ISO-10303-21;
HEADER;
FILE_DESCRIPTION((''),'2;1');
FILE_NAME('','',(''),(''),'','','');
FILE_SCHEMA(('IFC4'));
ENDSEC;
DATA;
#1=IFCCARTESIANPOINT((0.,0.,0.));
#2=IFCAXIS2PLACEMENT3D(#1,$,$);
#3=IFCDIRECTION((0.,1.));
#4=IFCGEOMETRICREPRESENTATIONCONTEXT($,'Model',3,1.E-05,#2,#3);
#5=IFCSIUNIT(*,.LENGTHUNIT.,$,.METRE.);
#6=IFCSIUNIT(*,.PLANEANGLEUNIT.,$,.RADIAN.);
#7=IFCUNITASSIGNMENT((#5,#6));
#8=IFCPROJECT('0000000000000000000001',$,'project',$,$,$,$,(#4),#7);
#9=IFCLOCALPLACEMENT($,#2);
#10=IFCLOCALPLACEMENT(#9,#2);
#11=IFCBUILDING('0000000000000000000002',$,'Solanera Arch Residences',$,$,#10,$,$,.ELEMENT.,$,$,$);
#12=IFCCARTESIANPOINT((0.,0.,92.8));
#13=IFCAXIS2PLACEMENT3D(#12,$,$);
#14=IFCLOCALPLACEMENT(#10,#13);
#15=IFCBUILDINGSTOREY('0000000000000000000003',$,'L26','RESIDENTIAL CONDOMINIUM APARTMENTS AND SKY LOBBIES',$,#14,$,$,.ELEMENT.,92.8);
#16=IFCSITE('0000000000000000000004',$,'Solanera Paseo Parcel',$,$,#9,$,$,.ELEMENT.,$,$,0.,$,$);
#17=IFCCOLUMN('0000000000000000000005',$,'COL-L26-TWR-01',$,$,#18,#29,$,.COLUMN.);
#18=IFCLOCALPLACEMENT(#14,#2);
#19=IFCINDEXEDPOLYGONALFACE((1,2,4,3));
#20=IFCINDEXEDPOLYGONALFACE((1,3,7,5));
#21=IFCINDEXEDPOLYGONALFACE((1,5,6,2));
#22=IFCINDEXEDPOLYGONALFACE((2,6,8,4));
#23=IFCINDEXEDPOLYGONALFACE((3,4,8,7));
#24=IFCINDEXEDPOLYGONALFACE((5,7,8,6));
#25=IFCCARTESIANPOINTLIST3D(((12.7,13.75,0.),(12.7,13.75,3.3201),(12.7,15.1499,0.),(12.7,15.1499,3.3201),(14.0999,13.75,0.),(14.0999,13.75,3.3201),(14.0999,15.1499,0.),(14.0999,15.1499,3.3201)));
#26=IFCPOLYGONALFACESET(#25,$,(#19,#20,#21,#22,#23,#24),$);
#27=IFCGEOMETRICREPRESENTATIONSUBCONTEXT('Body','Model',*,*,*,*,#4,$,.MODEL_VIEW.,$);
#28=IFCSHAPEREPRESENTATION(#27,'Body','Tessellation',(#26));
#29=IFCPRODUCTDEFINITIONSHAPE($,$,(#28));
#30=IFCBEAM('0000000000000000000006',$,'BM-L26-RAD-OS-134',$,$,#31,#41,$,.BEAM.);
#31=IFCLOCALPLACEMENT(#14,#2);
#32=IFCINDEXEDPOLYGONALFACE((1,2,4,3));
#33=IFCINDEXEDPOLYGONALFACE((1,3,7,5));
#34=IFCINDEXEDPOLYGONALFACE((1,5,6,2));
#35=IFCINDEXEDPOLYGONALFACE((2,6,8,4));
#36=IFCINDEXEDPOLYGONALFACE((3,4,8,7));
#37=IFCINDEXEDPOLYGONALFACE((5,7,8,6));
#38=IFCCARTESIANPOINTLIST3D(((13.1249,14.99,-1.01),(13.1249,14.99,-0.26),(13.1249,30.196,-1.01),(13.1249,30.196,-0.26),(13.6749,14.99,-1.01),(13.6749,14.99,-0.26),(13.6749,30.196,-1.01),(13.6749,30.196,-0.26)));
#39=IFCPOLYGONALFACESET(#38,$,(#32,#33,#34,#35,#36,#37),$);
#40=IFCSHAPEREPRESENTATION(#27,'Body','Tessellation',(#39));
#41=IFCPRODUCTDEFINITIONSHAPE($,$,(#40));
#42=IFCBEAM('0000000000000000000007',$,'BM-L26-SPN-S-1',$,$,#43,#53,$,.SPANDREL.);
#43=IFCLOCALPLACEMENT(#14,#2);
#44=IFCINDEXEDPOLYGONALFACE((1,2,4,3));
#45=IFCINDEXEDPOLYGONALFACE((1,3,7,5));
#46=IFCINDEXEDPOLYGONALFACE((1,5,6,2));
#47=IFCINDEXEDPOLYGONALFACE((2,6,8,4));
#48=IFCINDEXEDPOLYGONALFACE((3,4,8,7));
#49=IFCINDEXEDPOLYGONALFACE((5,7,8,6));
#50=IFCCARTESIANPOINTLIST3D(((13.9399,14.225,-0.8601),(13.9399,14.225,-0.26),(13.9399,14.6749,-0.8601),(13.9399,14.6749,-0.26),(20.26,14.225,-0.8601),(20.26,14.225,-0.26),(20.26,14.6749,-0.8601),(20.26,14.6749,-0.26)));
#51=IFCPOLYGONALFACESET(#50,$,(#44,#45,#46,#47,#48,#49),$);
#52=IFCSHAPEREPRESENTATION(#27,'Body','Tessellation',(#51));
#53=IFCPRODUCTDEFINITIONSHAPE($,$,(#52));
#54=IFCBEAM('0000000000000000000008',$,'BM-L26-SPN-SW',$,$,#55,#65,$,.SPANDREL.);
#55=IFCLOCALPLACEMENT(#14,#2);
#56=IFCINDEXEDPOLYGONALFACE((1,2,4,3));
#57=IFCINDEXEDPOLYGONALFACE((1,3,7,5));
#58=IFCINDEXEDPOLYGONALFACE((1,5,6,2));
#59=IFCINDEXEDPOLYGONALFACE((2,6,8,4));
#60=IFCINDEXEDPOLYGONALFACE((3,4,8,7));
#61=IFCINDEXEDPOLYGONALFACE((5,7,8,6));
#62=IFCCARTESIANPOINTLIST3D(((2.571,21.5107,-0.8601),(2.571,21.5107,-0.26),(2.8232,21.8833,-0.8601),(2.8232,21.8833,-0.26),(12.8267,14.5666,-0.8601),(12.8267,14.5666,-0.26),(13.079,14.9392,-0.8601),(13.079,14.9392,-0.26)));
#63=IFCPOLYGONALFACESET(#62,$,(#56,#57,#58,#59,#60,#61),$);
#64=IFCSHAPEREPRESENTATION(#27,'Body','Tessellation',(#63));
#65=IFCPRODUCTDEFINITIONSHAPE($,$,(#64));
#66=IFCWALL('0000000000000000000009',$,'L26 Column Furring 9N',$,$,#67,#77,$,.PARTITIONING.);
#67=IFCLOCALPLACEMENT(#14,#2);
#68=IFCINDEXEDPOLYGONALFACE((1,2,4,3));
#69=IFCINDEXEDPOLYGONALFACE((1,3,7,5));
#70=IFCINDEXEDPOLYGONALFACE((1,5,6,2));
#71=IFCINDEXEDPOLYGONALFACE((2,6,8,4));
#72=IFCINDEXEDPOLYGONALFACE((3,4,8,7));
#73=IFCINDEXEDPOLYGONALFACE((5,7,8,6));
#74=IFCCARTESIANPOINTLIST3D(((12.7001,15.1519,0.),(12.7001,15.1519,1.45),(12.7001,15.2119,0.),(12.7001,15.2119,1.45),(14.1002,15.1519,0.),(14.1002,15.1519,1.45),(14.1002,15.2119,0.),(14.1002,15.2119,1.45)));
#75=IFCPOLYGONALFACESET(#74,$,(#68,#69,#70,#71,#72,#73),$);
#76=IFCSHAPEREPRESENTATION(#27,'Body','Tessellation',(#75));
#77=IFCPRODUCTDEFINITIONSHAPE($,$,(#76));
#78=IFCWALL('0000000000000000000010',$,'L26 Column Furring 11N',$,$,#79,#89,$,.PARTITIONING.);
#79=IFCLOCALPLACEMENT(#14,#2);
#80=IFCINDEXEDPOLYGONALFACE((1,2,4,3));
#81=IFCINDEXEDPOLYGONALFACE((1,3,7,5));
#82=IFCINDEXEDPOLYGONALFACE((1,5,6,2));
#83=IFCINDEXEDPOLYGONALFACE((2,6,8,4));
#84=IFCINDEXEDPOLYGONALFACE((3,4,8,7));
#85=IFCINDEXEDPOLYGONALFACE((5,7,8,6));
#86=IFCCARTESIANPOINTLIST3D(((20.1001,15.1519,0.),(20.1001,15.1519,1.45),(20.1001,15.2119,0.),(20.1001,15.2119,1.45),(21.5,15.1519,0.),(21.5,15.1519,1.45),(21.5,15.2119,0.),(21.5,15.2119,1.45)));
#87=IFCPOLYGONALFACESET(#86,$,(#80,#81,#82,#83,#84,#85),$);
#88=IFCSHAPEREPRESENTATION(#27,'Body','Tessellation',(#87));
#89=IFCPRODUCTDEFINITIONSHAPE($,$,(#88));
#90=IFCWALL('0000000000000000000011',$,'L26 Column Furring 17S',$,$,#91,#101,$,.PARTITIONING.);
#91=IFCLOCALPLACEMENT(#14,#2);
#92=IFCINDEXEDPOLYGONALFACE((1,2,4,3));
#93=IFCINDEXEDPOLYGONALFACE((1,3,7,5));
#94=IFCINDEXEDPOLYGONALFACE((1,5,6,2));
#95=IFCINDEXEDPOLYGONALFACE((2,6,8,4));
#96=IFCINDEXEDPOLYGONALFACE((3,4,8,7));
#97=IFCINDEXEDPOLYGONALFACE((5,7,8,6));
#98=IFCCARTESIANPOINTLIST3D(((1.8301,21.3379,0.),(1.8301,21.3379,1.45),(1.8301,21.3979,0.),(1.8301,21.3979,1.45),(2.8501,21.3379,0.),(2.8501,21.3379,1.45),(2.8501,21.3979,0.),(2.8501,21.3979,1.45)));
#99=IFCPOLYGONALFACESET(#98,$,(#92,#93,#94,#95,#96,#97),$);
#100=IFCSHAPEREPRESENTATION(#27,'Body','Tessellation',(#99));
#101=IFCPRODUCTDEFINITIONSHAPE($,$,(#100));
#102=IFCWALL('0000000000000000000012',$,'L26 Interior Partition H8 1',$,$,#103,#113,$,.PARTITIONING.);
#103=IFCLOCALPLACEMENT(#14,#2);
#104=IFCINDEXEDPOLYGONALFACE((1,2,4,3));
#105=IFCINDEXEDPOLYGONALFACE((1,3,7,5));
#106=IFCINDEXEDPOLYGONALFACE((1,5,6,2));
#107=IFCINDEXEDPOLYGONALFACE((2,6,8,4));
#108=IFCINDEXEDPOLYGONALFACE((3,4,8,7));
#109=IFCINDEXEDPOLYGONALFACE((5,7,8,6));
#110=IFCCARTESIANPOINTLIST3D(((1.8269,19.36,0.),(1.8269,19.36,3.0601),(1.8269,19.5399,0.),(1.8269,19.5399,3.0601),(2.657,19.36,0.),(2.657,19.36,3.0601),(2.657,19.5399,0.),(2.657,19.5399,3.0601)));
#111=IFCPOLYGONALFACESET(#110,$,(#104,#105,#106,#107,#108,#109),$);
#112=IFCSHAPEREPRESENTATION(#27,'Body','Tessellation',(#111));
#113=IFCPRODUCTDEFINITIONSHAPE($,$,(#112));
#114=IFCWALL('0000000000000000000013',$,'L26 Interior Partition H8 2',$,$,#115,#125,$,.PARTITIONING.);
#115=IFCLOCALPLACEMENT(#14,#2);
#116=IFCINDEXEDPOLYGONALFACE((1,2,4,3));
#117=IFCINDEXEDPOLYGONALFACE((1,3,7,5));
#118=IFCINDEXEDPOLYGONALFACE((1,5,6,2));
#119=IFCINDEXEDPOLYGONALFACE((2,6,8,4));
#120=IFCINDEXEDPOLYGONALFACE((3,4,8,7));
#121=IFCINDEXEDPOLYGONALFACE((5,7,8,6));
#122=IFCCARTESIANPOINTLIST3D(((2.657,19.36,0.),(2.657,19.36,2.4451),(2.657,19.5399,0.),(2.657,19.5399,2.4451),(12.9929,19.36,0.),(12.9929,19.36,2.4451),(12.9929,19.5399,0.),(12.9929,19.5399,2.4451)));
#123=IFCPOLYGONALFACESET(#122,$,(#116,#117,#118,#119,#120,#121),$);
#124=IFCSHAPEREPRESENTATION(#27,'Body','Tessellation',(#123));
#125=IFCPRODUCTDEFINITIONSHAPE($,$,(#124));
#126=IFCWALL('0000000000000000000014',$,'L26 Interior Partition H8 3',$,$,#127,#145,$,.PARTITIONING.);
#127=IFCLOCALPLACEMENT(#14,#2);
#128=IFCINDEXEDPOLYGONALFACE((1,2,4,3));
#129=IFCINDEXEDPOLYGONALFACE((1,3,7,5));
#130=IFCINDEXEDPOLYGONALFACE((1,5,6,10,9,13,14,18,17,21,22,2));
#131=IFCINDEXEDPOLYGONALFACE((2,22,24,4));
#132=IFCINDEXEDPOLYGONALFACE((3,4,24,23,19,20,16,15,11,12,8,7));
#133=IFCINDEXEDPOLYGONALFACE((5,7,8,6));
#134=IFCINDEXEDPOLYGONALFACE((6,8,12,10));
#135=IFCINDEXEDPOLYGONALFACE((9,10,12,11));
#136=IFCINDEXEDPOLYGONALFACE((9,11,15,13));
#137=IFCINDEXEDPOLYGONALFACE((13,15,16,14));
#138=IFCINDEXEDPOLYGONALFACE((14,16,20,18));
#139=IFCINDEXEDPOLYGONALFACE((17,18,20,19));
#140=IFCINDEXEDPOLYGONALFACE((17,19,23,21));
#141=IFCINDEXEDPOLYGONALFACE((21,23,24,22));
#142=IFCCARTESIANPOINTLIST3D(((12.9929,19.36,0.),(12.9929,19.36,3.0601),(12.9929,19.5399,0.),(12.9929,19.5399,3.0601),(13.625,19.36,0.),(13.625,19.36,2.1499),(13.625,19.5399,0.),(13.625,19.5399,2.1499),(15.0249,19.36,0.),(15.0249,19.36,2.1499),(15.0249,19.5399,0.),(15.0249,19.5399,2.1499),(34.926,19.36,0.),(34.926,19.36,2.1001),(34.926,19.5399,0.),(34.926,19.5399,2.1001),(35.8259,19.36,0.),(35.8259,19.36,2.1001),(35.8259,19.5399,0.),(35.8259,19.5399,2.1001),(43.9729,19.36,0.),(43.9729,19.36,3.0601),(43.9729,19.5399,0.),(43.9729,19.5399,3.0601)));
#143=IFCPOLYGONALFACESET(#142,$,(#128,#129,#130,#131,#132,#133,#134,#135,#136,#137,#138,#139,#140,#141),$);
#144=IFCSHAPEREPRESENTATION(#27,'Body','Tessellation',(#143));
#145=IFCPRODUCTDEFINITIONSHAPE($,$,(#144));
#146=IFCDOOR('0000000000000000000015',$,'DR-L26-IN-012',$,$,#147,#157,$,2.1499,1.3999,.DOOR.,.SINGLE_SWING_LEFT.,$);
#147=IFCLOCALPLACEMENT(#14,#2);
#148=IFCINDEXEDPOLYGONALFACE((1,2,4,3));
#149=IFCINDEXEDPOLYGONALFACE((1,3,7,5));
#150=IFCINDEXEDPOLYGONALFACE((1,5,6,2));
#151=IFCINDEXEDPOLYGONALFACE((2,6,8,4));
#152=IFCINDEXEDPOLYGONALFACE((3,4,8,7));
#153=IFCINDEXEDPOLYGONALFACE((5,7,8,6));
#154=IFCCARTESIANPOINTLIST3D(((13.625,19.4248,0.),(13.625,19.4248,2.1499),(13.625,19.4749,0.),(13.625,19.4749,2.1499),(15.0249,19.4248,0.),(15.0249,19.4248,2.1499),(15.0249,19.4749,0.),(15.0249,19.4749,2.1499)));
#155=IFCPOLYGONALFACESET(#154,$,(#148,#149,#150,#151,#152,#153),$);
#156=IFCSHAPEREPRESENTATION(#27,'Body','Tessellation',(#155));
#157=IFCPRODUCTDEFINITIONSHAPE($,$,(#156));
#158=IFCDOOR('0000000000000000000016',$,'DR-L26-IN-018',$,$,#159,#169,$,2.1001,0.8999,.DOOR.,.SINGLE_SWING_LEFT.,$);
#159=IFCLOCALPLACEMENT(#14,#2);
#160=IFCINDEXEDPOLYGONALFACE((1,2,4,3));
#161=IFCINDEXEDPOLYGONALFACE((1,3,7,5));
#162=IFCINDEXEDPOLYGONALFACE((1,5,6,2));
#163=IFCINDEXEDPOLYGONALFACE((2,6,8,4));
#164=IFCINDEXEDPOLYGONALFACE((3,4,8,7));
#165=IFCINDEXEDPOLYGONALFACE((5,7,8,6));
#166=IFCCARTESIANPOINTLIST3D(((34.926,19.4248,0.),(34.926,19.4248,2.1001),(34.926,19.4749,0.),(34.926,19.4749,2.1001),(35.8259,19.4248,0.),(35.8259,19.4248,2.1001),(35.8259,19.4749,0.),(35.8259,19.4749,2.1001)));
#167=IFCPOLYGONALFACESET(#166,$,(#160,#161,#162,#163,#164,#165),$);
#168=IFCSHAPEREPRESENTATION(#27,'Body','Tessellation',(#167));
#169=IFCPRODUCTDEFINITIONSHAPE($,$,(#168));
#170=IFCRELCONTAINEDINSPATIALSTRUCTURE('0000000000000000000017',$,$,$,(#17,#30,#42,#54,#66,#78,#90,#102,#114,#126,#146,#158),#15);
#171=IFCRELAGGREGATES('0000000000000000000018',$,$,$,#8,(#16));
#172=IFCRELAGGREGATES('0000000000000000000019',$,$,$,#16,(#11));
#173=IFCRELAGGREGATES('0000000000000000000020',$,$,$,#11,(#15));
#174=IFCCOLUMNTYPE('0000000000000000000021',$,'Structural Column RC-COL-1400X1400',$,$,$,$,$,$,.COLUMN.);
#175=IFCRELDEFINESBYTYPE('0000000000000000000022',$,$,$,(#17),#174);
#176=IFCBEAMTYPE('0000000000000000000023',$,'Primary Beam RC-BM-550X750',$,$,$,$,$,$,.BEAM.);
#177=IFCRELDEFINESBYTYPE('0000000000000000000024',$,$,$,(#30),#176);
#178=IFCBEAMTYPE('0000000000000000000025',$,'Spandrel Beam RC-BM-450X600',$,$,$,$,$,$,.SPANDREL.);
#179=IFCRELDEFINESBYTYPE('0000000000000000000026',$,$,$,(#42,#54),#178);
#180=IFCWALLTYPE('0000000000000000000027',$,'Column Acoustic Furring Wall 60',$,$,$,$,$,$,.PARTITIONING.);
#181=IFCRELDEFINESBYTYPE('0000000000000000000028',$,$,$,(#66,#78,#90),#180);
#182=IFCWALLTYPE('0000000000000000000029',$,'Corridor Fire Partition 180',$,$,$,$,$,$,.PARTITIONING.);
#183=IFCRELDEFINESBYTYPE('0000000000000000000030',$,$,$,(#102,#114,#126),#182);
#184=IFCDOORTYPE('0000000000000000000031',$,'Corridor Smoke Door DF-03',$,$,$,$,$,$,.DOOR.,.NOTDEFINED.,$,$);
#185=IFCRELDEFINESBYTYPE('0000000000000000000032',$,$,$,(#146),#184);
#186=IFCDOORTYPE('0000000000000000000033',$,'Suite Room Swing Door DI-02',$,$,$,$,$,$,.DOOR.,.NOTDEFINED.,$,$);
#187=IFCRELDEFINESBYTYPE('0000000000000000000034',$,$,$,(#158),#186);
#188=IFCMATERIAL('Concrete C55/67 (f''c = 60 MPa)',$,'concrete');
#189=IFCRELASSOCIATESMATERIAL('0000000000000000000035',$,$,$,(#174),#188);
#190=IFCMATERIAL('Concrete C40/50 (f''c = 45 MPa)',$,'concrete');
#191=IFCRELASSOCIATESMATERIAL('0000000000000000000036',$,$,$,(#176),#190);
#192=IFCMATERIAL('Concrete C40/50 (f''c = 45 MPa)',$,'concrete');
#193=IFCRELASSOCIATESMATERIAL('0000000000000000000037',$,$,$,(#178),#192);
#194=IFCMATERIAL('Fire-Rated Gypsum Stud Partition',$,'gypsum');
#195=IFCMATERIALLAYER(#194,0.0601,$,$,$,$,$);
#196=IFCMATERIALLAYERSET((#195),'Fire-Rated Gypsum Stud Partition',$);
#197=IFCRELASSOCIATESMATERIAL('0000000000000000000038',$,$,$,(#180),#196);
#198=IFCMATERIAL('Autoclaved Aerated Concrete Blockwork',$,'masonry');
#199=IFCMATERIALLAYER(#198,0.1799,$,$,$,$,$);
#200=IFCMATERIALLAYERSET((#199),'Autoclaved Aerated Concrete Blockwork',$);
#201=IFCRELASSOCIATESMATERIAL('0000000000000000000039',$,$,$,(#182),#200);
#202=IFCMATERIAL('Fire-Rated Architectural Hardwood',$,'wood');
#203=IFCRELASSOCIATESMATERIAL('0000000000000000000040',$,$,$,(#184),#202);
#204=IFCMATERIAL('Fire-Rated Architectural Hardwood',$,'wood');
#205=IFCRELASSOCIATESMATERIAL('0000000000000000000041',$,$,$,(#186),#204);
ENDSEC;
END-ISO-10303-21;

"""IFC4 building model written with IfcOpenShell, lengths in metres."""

from ifc_helpers import new_model, si_unit, direction, frame, frame_2d, origin, origin_2d, place, context, subcontext, project, spatial, rectangle, extrude, material, layer, layer_set, material_profile, profile_set, type_object, element, fill, save


model = new_model("IFC4")

# Units and contexts
model_context = context("Model", 3, precision=1e-05, world=origin(), true_north=direction((0.0, 1.0)))
body_context = subcontext(model_context, "Body", "Model", "MODEL_VIEW")
ifc_project = project(units=[si_unit("LENGTHUNIT", "METRE"), si_unit("PLANEANGLEUNIT", "RADIAN")], contexts=[model_context])

# Site, building, storey
site_placement = place(None, origin())
site = spatial("IfcSite", under=ifc_project, at=site_placement, Name="Solanera Paseo Parcel", CompositionType="ELEMENT", RefElevation=0.0)
building_placement = place(site_placement, origin())
building = spatial("IfcBuilding", under=site, at=building_placement, Name="Solanera Arch Residences", CompositionType="ELEMENT")
storey_placement = place(building_placement, frame((0.0, 0.0, 92.8)))
storey = spatial("IfcBuildingStorey", under=building, at=storey_placement, Name="L26", Description="RESIDENTIAL CONDOMINIUM APARTMENTS AND SKY LOBBIES", CompositionType="ELEMENT", Elevation=92.8)

# Column
ifc_material_1 = material(Name="Concrete C55/67 (f'c = 60 MPa)", Category="concrete")
ifc_material_profile_1 = material_profile(ifc_material_1, rectangle(XDim=1.3999, YDim=1.3999, at=origin_2d()))
ifc_profile_set_1 = profile_set([ifc_material_profile_1], Name="Concrete C55/67 (f'c = 60 MPa)")
column_type = type_object("IfcColumnType", Name="Structural Column RC-COL-1400X1400", PredefinedType="COLUMN", material=ifc_profile_set_1)
column_placement = place(storey_placement, frame((13.3999, 14.45, 0.0), z_axis=(0.0, 0.0, 1.0), x_axis=(1.0, 0.0, 0.0)))
element("IfcColumn", 1, at=column_placement, inside=storey, type_object=column_type, Name="COL-L26-TWR-01", PredefinedType="COLUMN", context=body_context, shape_type="SweptSolid", body=[
    extrude(rectangle(XDim=1.3999, YDim=1.3999, at=origin_2d()), origin(), (0.0, 0.0, 1.0), 3.3201),
])

# Beams
ifc_material_2 = material(Name="Concrete C40/50 (f'c = 45 MPa)", Category="concrete")
ifc_material_profile_2 = material_profile(ifc_material_2, rectangle(XDim=0.55, YDim=0.75, at=origin_2d()))
ifc_profile_set_2 = profile_set([ifc_material_profile_2], Name="Concrete C40/50 (f'c = 45 MPa)")
beam_type_1 = type_object("IfcBeamType", Name="Primary Beam RC-BM-550X750", PredefinedType="BEAM", material=ifc_profile_set_2)
beam_1_placement = place(storey_placement, frame((13.3999, 14.99, -0.635), z_axis=(0.0, 1.0, 0.0), x_axis=(-1.0, 0.0, 0.0)))
element("IfcBeam", 2, at=beam_1_placement, inside=storey, type_object=beam_type_1, Name="BM-L26-RAD-OS-134", PredefinedType="BEAM", context=body_context, shape_type="SweptSolid", body=[
    extrude(rectangle(XDim=0.55, YDim=0.75, at=origin_2d()), origin(), (0.0, 0.0, 1.0), 15.2061),
])
ifc_material_3 = material(Name="Concrete C40/50 (f'c = 45 MPa)", Category="concrete")
ifc_material_profile_3 = material_profile(ifc_material_3, rectangle(XDim=0.45, YDim=0.6001, at=origin_2d()))
ifc_profile_set_3 = profile_set([ifc_material_profile_3], Name="Concrete C40/50 (f'c = 45 MPa)")
beam_type_2 = type_object("IfcBeamType", Name="Spandrel Beam RC-BM-450X600", PredefinedType="SPANDREL", material=ifc_profile_set_3)
beam_2_placement = place(storey_placement, frame((13.9399, 14.45, -0.5601), z_axis=(1.0, 0.0, 0.0), x_axis=(0.0, 1.0, 0.0)))
element("IfcBeam", 3, at=beam_2_placement, inside=storey, type_object=beam_type_2, Name="BM-L26-SPN-S-1", PredefinedType="SPANDREL", context=body_context, shape_type="SweptSolid", body=[
    extrude(rectangle(XDim=0.45, YDim=0.6001, at=origin_2d()), origin(), (0.0, 0.0, 1.0), 6.3201),
])
beam_3_placement = place(storey_placement, frame((12.9529, 14.7529, -0.5601), z_axis=(-0.828047, 0.560659, 0.0), x_axis=(-0.560659, -0.828047, 0.0)))
element("IfcBeam", 4, at=beam_3_placement, inside=storey, type_object=beam_type_2, Name="BM-L26-SPN-SW", PredefinedType="SPANDREL", context=body_context, shape_type="SweptSolid", body=[
    extrude(rectangle(XDim=0.45, YDim=0.6001, at=origin_2d()), origin(), (0.0, 0.0, 1.0), 12.3855),
])

# Walls
ifc_material_4 = material(Name="Fire-Rated Gypsum Stud Partition", Category="gypsum")
ifc_layer_1 = layer(ifc_material_4, 0.0601)
ifc_layer_set_1 = layer_set([ifc_layer_1], Name="Fire-Rated Gypsum Stud Partition")
wall_type_1 = type_object("IfcWallType", Name="Column Acoustic Furring Wall 60", PredefinedType="PARTITIONING", material=ifc_layer_set_1)
wall_1_placement = place(storey_placement, frame((12.7, 15.1819, 0.0), z_axis=(0.0, 0.0, 1.0), x_axis=(1.0, 0.0, 0.0)))
element("IfcWall", 5, at=wall_1_placement, inside=storey, type_object=wall_type_1, Name="L26 Column Furring 9N", PredefinedType="PARTITIONING", context=body_context, shape_type="SweptSolid", body=[
    extrude(rectangle(XDim=1.4001, YDim=0.0601, at=frame_2d((0.7002, 0.0))), origin(), (0.0, 0.0, 1.0), 1.45),
])
wall_2_placement = place(storey_placement, frame((20.1001, 15.1819, 0.0), z_axis=(0.0, 0.0, 1.0), x_axis=(1.0, 0.0, 0.0)))
element("IfcWall", 6, at=wall_2_placement, inside=storey, type_object=wall_type_1, Name="L26 Column Furring 11N", PredefinedType="PARTITIONING", context=body_context, shape_type="SweptSolid", body=[
    extrude(rectangle(XDim=1.3999, YDim=0.0601, at=frame_2d((0.7, 0.0))), origin(), (0.0, 0.0, 1.0), 1.45),
])
wall_3_placement = place(storey_placement, frame((1.8301, 21.3679, 0.0), z_axis=(0.0, 0.0, 1.0), x_axis=(1.0, 0.0, 0.0)))
element("IfcWall", 7, at=wall_3_placement, inside=storey, type_object=wall_type_1, Name="L26 Column Furring 17S", PredefinedType="PARTITIONING", context=body_context, shape_type="SweptSolid", body=[
    extrude(rectangle(XDim=1.02, YDim=0.0601, at=frame_2d((0.51, 0.0))), origin(), (0.0, 0.0, 1.0), 1.45),
])
ifc_material_5 = material(Name="Autoclaved Aerated Concrete Blockwork", Category="masonry")
ifc_layer_2 = layer(ifc_material_5, 0.1799)
ifc_layer_set_2 = layer_set([ifc_layer_2], Name="Autoclaved Aerated Concrete Blockwork")
wall_type_2 = type_object("IfcWallType", Name="Corridor Fire Partition 180", PredefinedType="PARTITIONING", material=ifc_layer_set_2)
wall_4_placement = place(storey_placement, frame((1.8269, 19.45, 0.0), z_axis=(0.0, 0.0, 1.0), x_axis=(1.0, 0.0, 0.0)))
element("IfcWall", 8, at=wall_4_placement, inside=storey, type_object=wall_type_2, Name="L26 Interior Partition H8 1", PredefinedType="PARTITIONING", context=body_context, shape_type="SweptSolid", body=[
    extrude(rectangle(XDim=0.8301, YDim=0.1799, at=frame_2d((0.415, 0.0))), origin(), (0.0, 0.0, 1.0), 3.0601),
])
wall_5_placement = place(storey_placement, frame((2.657, 19.45, 0.0), z_axis=(0.0, 0.0, 1.0), x_axis=(1.0, 0.0, 0.0)))
element("IfcWall", 9, at=wall_5_placement, inside=storey, type_object=wall_type_2, Name="L26 Interior Partition H8 2", PredefinedType="PARTITIONING", context=body_context, shape_type="SweptSolid", body=[
    extrude(rectangle(XDim=10.3359, YDim=0.1799, at=frame_2d((5.168, 0.0))), origin(), (0.0, 0.0, 1.0), 2.4451),
])

# Wall, openings, doors
wall_6_placement = place(storey_placement, frame((12.9929, 19.45, 0.0), z_axis=(0.0, 0.0, 1.0), x_axis=(1.0, 0.0, 0.0)))
wall_6 = element("IfcWall", 10, at=wall_6_placement, inside=storey, type_object=wall_type_2, Name="L26 Interior Partition H8 3", PredefinedType="PARTITIONING", context=body_context, shape_type="SweptSolid", body=[
    extrude(rectangle(XDim=30.98, YDim=0.1799, at=frame_2d((15.49, 0.0))), origin(), (0.0, 0.0, 1.0), 3.0601),
])
opening_1_placement = place(wall_6_placement, frame((0.6321, 0.0, 0.0)))
opening_1 = element("IfcOpeningElement", 11, at=opening_1_placement, cuts=wall_6, PredefinedType="OPENING", context=body_context, shape_type="SweptSolid", body=[
    extrude(rectangle(XDim=1.3999, YDim=2.1499, at=frame_2d((0.7, 1.075))), frame((0.0, 0.1001, 0.0), z_axis=(0.0, -1.0, 0.0), x_axis=(1.0, 0.0, 0.0)), (0.0, 0.0, 1.0), 0.1999),
])
opening_2_placement = place(wall_6_placement, frame((21.9331, 0.0, 0.0)))
opening_2 = element("IfcOpeningElement", 12, at=opening_2_placement, cuts=wall_6, PredefinedType="OPENING", context=body_context, shape_type="SweptSolid", body=[
    extrude(rectangle(XDim=0.8999, YDim=2.1001, at=frame_2d((0.45, 1.05))), frame((0.0, 0.1001, 0.0), z_axis=(0.0, -1.0, 0.0), x_axis=(1.0, 0.0, 0.0)), (0.0, 0.0, 1.0), 0.1999),
])
ifc_material_6 = material(Name="Fire-Rated Architectural Hardwood", Category="wood")
door_type_1 = type_object("IfcDoorType", Name="Corridor Smoke Door DF-03", OperationType="NOTDEFINED", PredefinedType="DOOR", material=ifc_material_6)
door_1_placement = place(opening_1_placement, origin())
door_1 = element("IfcDoor", 13, at=door_1_placement, inside=storey, type_object=door_type_1, Name="DR-L26-IN-012", OperationType="SINGLE_SWING_LEFT", OverallHeight=2.1499, OverallWidth=1.3999, PredefinedType="DOOR", context=body_context, shape_type="SweptSolid", body=[
    extrude(rectangle(XDim=1.3999, YDim=2.1499, at=frame_2d((0.7, 1.075))), frame((0.0, 0.0249, 0.0), z_axis=(0.0, -1.0, 0.0), x_axis=(1.0, 0.0, 0.0)), (0.0, 0.0, 1.0), 0.05),
])
fill(opening_1, door_1)
ifc_material_7 = material(Name="Fire-Rated Architectural Hardwood", Category="wood")
door_type_2 = type_object("IfcDoorType", Name="Suite Room Swing Door DI-02", OperationType="NOTDEFINED", PredefinedType="DOOR", material=ifc_material_7)
door_2_placement = place(opening_2_placement, origin())
door_2 = element("IfcDoor", 14, at=door_2_placement, inside=storey, type_object=door_type_2, Name="DR-L26-IN-018", OperationType="SINGLE_SWING_LEFT", OverallHeight=2.1001, OverallWidth=0.8999, PredefinedType="DOOR", context=body_context, shape_type="SweptSolid", body=[
    extrude(rectangle(XDim=0.8999, YDim=2.1001, at=frame_2d((0.45, 1.05))), frame((0.0, 0.0249, 0.0), z_axis=(0.0, -1.0, 0.0), x_axis=(1.0, 0.0, 0.0)), (0.0, 0.0, 1.0), 0.05),
])
fill(opening_2, door_2)

save(model, "model.ifc")
